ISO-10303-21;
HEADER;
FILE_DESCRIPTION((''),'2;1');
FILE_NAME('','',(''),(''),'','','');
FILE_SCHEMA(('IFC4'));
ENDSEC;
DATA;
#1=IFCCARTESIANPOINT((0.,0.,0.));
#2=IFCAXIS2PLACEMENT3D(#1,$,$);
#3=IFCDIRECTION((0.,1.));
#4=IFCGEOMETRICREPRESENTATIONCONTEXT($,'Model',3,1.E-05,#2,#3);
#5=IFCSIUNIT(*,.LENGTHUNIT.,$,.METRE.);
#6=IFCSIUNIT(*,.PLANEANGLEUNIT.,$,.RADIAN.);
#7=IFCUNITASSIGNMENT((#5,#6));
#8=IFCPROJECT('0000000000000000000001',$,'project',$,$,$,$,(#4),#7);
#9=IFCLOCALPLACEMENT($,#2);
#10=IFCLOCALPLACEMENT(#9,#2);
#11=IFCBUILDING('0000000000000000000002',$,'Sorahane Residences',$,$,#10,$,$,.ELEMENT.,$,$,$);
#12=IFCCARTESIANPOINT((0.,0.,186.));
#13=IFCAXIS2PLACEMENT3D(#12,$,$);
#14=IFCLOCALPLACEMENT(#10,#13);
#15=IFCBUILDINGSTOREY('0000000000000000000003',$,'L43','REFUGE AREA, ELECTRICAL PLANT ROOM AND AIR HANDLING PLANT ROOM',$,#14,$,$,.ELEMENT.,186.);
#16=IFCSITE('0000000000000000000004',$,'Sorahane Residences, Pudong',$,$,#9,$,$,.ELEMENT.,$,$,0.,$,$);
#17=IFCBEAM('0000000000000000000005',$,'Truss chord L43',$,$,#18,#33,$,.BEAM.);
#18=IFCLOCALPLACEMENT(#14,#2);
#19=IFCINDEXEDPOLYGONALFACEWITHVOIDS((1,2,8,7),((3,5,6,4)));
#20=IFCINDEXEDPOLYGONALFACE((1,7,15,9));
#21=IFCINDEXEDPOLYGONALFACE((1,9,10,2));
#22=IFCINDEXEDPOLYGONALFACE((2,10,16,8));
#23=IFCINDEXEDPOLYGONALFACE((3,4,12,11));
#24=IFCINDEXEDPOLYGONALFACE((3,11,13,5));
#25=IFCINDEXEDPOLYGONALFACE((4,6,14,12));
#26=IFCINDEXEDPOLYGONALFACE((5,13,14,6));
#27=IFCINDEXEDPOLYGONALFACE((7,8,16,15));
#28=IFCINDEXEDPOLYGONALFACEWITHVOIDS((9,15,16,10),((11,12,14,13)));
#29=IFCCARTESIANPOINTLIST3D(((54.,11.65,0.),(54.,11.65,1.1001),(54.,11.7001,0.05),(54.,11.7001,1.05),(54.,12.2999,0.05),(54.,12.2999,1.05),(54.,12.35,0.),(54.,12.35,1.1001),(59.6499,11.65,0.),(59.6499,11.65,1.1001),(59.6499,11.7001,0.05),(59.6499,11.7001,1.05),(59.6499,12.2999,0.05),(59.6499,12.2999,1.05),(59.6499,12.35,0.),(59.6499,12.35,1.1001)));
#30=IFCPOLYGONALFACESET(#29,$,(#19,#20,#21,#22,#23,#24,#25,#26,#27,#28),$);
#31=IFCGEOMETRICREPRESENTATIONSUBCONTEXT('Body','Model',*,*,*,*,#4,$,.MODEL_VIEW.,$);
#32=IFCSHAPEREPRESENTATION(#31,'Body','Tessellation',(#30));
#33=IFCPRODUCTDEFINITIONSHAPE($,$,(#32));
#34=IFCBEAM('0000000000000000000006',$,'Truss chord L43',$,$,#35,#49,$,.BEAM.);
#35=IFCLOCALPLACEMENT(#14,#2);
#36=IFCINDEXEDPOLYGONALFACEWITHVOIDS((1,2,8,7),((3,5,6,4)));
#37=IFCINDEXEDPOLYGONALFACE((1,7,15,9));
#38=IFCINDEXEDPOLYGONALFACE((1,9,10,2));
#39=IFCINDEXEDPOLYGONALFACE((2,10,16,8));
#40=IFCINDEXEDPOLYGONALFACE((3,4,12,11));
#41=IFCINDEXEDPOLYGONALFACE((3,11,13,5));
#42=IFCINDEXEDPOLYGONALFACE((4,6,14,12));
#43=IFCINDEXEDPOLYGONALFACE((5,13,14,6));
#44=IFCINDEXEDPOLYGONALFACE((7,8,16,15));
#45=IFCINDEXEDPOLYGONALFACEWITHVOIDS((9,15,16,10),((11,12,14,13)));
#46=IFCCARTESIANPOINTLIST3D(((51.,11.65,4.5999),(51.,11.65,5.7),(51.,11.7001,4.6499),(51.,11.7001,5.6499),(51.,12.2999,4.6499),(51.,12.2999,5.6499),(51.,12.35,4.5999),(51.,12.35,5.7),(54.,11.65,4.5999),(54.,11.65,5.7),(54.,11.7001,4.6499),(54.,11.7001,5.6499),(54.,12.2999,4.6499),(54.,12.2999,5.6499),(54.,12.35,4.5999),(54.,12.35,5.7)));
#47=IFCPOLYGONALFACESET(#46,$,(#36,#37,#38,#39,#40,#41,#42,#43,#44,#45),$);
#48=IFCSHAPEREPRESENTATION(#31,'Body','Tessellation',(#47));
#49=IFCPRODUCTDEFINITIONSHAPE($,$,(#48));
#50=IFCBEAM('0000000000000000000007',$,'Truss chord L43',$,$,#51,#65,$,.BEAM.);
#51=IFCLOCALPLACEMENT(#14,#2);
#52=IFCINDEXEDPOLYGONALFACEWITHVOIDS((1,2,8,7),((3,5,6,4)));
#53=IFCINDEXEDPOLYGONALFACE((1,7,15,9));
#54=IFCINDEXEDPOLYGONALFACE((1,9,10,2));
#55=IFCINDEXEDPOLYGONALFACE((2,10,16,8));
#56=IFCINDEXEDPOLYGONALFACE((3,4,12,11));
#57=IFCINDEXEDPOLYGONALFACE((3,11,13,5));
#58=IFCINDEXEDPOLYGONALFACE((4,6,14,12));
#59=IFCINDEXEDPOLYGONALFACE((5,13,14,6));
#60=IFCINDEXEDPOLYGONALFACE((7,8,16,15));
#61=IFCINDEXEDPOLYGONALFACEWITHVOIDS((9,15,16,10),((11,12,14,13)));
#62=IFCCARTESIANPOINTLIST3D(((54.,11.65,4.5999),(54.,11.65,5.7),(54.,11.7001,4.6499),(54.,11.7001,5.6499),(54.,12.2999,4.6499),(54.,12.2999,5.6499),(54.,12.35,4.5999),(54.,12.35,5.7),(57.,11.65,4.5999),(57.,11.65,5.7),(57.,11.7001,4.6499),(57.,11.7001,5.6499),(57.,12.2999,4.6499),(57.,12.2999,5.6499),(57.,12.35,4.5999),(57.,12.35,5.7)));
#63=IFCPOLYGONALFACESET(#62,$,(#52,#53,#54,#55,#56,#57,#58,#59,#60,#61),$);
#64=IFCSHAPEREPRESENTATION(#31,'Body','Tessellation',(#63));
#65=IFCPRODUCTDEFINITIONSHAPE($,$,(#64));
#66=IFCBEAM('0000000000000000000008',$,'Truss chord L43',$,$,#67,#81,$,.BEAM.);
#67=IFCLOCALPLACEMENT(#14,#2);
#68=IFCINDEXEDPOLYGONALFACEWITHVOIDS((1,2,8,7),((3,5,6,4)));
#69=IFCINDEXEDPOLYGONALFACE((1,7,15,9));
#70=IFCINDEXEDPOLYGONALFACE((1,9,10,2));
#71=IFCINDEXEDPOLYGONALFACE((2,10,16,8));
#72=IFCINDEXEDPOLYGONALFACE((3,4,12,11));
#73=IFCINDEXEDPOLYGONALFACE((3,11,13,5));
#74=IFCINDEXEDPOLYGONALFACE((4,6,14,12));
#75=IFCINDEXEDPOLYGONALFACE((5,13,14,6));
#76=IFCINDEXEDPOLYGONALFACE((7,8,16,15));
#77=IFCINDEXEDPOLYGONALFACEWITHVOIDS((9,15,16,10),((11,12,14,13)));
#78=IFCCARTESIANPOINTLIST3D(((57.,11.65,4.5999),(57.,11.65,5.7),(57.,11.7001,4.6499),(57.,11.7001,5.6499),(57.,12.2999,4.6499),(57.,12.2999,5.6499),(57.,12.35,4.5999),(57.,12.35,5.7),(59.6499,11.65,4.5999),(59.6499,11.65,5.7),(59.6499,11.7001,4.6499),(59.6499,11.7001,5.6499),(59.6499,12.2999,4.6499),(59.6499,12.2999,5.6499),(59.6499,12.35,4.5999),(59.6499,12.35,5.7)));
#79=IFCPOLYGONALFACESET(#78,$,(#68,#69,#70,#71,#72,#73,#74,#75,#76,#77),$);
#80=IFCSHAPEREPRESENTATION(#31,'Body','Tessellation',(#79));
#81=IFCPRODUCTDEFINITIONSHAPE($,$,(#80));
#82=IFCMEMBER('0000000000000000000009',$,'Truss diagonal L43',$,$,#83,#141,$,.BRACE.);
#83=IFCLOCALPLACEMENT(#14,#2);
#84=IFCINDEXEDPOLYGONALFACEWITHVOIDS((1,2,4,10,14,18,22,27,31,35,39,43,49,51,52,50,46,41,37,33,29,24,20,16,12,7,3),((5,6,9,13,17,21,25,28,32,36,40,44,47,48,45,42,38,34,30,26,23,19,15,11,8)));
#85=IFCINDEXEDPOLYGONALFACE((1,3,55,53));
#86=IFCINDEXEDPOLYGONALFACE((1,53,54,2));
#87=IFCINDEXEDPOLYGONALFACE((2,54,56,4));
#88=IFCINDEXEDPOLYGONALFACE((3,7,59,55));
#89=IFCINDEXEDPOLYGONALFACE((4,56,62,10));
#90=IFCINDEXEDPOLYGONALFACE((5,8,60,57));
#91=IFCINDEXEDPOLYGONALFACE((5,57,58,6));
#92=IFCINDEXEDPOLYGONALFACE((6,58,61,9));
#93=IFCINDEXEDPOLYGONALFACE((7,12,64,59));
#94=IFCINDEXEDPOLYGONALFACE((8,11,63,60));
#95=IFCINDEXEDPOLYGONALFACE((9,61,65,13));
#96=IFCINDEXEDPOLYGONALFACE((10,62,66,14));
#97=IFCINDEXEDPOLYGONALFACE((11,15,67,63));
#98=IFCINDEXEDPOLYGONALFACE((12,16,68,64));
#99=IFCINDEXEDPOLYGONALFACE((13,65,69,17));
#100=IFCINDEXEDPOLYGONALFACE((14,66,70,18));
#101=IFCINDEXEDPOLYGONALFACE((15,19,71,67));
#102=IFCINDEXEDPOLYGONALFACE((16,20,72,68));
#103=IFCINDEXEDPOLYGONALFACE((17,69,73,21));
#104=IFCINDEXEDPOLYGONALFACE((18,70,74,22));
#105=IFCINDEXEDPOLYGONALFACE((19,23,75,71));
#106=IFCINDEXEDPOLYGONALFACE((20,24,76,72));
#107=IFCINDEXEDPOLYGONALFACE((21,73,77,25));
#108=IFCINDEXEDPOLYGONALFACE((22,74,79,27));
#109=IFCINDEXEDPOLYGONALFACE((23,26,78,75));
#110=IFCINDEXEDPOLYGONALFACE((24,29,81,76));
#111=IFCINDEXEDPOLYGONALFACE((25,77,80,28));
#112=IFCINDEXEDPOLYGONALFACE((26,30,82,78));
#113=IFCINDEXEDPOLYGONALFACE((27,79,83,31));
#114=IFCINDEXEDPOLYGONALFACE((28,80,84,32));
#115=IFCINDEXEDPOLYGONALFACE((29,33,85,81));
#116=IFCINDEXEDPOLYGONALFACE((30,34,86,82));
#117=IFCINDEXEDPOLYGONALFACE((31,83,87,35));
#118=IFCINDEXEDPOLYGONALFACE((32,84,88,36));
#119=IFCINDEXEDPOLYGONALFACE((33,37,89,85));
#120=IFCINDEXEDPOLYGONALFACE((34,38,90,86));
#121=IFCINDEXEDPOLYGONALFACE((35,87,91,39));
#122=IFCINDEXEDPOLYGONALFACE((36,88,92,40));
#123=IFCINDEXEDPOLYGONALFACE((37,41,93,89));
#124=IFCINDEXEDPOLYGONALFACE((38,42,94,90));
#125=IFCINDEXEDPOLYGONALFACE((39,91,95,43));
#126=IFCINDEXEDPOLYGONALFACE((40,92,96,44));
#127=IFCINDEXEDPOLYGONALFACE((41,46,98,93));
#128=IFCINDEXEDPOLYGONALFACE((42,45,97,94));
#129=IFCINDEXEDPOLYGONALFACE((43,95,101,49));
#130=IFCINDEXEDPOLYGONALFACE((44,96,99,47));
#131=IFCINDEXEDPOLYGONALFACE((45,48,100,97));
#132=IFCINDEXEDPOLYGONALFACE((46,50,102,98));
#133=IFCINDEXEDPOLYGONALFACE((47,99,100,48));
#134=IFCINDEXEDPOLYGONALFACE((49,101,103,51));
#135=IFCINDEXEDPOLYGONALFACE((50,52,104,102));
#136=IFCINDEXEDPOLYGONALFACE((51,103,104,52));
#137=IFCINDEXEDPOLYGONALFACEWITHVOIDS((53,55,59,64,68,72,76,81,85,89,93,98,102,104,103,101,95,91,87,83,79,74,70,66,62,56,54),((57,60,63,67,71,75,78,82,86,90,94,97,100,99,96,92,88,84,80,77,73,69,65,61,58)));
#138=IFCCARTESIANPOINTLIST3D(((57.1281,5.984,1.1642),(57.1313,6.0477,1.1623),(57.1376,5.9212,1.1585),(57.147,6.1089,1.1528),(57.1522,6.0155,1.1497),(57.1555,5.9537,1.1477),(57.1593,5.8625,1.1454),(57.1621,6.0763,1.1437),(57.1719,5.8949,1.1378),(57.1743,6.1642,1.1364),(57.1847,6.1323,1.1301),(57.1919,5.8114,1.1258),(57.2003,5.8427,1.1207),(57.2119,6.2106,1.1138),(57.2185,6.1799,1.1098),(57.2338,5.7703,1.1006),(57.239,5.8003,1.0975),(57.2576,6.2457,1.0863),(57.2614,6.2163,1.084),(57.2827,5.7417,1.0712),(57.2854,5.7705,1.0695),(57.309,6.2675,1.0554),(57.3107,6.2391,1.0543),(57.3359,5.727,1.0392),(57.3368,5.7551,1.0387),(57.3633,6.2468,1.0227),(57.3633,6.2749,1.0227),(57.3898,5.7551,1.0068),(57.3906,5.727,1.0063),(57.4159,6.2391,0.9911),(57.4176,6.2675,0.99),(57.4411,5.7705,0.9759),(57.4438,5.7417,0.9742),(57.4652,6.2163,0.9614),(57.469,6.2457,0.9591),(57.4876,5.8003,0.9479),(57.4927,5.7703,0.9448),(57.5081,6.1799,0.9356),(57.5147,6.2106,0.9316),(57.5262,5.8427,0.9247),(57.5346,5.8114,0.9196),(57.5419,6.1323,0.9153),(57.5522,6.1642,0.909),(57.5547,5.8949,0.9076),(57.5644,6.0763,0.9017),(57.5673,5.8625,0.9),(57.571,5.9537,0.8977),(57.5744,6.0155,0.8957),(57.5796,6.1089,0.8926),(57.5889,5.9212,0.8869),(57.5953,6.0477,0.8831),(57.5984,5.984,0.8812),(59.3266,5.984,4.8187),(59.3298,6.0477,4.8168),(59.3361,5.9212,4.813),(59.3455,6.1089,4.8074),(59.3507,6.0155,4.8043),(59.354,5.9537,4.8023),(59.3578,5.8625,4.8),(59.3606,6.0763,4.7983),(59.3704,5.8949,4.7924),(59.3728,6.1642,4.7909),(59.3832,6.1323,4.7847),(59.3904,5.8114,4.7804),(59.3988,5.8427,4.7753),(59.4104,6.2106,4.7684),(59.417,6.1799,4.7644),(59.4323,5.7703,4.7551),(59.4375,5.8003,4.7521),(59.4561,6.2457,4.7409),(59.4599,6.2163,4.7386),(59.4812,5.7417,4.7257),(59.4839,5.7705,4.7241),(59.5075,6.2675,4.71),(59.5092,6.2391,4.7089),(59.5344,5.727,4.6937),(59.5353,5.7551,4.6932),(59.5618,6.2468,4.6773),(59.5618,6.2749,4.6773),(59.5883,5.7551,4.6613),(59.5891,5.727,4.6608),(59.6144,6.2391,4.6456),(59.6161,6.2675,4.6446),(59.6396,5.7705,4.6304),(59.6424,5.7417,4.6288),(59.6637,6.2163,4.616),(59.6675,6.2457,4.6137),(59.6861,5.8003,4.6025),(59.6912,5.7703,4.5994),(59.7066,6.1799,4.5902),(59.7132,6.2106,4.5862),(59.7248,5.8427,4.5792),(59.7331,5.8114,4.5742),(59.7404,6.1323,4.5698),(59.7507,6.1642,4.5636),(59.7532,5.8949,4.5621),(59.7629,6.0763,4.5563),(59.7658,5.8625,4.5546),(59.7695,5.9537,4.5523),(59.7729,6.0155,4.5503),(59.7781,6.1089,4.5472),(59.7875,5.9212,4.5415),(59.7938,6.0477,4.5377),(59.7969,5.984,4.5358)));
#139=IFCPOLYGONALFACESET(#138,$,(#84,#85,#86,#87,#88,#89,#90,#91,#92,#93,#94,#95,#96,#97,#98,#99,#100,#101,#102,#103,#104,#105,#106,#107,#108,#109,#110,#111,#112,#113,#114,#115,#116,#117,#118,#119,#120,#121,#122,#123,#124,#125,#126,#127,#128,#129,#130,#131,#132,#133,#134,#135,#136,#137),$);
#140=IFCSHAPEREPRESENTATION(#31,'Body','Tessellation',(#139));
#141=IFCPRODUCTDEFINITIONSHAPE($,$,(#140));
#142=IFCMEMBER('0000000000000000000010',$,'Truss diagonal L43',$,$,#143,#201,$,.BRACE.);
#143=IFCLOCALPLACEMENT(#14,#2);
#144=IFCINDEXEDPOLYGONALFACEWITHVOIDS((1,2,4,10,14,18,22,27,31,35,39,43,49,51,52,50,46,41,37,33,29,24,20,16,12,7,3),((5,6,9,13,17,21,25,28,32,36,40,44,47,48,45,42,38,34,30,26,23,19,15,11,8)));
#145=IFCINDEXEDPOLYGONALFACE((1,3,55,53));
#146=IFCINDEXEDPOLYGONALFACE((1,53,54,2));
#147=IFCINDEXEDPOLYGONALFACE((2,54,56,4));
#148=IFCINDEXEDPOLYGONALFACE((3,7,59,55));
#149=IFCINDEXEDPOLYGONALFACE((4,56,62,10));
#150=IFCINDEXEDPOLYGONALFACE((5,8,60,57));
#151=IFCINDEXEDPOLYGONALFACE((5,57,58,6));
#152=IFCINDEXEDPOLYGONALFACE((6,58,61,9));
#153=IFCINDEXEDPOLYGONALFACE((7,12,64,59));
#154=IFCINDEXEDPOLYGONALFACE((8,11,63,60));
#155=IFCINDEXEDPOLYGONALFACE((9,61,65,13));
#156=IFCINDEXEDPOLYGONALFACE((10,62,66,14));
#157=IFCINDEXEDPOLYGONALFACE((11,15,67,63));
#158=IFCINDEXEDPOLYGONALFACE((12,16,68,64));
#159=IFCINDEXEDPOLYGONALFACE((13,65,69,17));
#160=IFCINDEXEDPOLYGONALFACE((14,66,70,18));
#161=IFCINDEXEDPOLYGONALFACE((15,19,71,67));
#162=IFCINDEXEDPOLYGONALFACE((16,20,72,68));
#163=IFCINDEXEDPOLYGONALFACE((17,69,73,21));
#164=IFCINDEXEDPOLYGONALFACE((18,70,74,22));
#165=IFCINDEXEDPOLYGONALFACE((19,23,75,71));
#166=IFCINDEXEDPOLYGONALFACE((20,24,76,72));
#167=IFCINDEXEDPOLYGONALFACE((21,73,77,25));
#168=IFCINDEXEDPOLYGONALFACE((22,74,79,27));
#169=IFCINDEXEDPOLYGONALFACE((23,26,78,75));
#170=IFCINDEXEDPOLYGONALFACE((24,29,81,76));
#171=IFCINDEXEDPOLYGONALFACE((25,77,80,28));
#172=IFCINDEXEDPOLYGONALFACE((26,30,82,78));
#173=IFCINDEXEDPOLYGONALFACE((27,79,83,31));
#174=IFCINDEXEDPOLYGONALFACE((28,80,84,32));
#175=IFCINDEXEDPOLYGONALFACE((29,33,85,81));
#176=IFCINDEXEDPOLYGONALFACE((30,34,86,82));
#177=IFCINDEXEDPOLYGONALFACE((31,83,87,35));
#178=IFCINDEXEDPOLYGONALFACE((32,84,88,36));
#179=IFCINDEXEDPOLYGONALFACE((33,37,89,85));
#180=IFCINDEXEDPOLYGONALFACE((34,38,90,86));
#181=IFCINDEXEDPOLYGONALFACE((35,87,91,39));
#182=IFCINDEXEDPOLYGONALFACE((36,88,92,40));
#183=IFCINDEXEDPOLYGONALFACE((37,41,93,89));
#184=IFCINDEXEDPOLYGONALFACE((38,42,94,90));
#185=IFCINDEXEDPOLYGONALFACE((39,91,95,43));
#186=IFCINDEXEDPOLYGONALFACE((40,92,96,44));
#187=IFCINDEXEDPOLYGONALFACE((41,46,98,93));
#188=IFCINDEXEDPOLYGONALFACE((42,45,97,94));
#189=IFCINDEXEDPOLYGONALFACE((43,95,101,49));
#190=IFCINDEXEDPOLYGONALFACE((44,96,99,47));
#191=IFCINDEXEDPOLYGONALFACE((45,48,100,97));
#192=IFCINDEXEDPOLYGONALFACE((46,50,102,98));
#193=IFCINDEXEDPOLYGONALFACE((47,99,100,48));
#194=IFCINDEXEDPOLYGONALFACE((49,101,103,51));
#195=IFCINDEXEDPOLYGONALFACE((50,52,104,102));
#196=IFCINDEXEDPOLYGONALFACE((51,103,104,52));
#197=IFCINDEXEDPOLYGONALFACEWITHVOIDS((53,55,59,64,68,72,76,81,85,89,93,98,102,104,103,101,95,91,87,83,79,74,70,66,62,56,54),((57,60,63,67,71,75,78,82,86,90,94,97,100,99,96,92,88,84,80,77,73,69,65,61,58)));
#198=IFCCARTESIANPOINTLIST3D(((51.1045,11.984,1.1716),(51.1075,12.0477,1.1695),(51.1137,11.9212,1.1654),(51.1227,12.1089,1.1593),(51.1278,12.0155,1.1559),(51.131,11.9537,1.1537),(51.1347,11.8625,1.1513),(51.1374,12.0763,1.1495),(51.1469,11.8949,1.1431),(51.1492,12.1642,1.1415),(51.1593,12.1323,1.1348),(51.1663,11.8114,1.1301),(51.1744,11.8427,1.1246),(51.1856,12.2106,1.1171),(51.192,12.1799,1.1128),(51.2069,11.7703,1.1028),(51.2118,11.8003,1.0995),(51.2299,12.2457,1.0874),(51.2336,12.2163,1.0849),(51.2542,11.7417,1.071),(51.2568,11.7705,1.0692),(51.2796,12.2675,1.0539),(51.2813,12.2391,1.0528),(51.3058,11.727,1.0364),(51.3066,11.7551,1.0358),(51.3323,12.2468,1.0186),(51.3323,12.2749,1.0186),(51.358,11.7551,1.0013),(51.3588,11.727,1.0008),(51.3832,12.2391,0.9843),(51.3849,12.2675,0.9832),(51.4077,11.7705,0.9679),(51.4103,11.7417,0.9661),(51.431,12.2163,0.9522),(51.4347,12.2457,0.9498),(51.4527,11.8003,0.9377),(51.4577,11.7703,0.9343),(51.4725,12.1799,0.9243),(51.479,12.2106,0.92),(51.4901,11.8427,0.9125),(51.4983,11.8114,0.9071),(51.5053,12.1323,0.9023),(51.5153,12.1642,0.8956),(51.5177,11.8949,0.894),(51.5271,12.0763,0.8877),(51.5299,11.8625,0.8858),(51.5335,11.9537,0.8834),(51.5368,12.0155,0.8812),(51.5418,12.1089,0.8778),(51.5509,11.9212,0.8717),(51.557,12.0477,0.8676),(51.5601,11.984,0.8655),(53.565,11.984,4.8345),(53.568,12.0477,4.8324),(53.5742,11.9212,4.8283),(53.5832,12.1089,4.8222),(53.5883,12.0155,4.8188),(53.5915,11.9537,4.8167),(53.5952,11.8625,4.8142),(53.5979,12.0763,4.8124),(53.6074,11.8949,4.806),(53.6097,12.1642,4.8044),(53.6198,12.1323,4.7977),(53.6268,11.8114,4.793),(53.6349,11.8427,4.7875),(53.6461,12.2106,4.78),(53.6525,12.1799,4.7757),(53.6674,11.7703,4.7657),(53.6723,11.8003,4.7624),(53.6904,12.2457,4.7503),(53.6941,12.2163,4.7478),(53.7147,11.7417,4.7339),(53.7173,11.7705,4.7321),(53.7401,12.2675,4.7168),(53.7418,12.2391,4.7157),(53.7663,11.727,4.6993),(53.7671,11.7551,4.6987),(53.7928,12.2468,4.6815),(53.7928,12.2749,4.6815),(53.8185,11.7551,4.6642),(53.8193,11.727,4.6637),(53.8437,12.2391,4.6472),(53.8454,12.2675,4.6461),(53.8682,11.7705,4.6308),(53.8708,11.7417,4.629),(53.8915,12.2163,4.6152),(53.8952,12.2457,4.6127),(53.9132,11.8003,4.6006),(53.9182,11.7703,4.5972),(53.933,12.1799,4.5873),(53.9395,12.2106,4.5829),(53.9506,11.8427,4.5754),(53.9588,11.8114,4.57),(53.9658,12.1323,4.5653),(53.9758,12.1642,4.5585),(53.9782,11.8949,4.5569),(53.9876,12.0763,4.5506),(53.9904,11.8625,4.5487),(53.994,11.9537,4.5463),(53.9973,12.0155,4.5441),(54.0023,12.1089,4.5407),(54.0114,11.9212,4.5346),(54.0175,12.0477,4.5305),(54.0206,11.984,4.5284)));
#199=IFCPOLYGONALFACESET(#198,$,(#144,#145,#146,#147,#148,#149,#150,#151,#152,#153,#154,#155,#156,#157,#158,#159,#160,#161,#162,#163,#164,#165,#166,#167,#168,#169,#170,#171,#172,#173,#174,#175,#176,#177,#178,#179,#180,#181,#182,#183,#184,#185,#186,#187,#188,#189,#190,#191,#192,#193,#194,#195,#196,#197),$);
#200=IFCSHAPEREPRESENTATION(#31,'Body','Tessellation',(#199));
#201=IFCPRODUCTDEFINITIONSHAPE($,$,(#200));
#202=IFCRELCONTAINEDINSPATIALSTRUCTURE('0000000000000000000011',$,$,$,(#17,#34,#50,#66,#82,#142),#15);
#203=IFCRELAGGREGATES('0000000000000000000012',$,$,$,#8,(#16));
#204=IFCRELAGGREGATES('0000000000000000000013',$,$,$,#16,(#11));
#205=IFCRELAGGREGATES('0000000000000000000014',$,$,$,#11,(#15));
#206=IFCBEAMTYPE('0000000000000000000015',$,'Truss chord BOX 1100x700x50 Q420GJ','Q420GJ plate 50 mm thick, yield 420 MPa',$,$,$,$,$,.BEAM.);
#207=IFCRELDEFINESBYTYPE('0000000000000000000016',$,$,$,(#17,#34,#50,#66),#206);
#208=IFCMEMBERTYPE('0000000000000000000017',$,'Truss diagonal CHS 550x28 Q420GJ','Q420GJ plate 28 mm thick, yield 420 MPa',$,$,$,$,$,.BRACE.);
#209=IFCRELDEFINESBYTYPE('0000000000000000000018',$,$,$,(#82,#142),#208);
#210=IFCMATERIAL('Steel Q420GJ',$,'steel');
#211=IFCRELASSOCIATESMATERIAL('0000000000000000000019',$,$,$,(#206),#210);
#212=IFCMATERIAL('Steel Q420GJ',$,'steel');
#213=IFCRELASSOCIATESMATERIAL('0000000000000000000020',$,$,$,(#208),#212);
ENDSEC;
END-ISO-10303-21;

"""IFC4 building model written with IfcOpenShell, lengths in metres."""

from ifc_helpers import new_model, si_unit, direction, frame, origin, origin_2d, place, context, subcontext, project, spatial, hollow_rectangle, hollow_circle, extrude, material, material_profile, profile_set, type_object, element, save


model = new_model("IFC4")

# Units and contexts
model_context = context("Model", 3, precision=1e-05, world=origin(), true_north=direction((0.0, 1.0)))
body_context = subcontext(model_context, "Body", "Model", "MODEL_VIEW")
ifc_project = project(units=[si_unit("LENGTHUNIT", "METRE"), si_unit("PLANEANGLEUNIT", "RADIAN")], contexts=[model_context])

# Site, building, storey
site_placement = place(None, origin())
site = spatial("IfcSite", under=ifc_project, at=site_placement, Name="Sorahane Residences, Pudong", CompositionType="ELEMENT", RefElevation=0.0)
building_placement = place(site_placement, origin())
building = spatial("IfcBuilding", under=site, at=building_placement, Name="Sorahane Residences", CompositionType="ELEMENT")
storey_placement = place(building_placement, frame((0.0, 0.0, 186.0)))
storey = spatial("IfcBuildingStorey", under=building, at=storey_placement, Name="L43", Description="REFUGE AREA, ELECTRICAL PLANT ROOM AND AIR HANDLING PLANT ROOM", CompositionType="ELEMENT", Elevation=186.0)

# Beams
ifc_material_1 = material(Name="Steel Q420GJ", Category="steel")
ifc_material_profile_1 = material_profile(ifc_material_1, hollow_rectangle(XDim=0.7, YDim=1.1001, WallThickness=0.05, at=origin_2d()), Name="BOX 1100x700x50")
ifc_profile_set_1 = profile_set([ifc_material_profile_1], Name="Steel Q420GJ")
beam_type_1 = type_object("IfcBeamType", Name="Truss chord BOX 1100x700x50 Q420GJ", Description="Q420GJ plate 50 mm thick, yield 420 MPa", PredefinedType="BEAM", material=ifc_profile_set_1)
beam_1_placement = place(storey_placement, frame((54.0, 12.0, 0.55), z_axis=(1.0, 0.0, 0.0), x_axis=(0.0, 1.0, 0.0)))
element("IfcBeam", 1, at=beam_1_placement, inside=storey, type_object=beam_type_1, Name="Truss chord L43", PredefinedType="BEAM", context=body_context, shape_type="SweptSolid", body=[
    extrude(hollow_rectangle(XDim=0.7, YDim=1.1001, WallThickness=0.05, at=origin_2d()), origin(), (0.0, 0.0, 1.0), 5.6499),
])
for number, where, z_axis, x_axis, name in (
    (2, (51.0, 12.0, 5.1499), (1.0, 0.0, 0.0), (0.0, 1.0, 0.0), "Truss chord L43"),
    (3, (54.0, 12.0, 5.1499), (1.0, 0.0, 0.0), (0.0, 1.0, 0.0), "Truss chord L43"),
):
    element("IfcBeam", number, at=place(storey_placement, frame(where, z_axis=z_axis, x_axis=x_axis)), inside=storey, type_object=beam_type_1, Name=name, PredefinedType="BEAM", context=body_context, shape_type="SweptSolid", body=[
        extrude(hollow_rectangle(XDim=0.7, YDim=1.1001, WallThickness=0.05, at=origin_2d()), origin(), (0.0, 0.0, 1.0), 3.0),
    ])
beam_2_placement = place(storey_placement, frame((57.0, 12.0, 5.1499), z_axis=(1.0, 0.0, 0.0), x_axis=(0.0, 1.0, 0.0)))
element("IfcBeam", 4, at=beam_2_placement, inside=storey, type_object=beam_type_1, Name="Truss chord L43", PredefinedType="BEAM", context=body_context, shape_type="SweptSolid", body=[
    extrude(hollow_rectangle(XDim=0.7, YDim=1.1001, WallThickness=0.05, at=origin_2d()), origin(), (0.0, 0.0, 1.0), 2.6499),
])

# Members
ifc_material_2 = material(Name="Steel Q420GJ", Category="steel")
ifc_material_profile_2 = material_profile(ifc_material_2, hollow_circle(Radius=0.2749, WallThickness=0.0281, at=origin_2d()), Name="CHS 550x28")
ifc_profile_set_2 = profile_set([ifc_material_profile_2], Name="Steel Q420GJ")
member_type = type_object("IfcMemberType", Name="Truss diagonal CHS 550x28 Q420GJ", Description="Q420GJ plate 28 mm thick, yield 420 MPa", PredefinedType="BRACE", material=ifc_profile_set_2)
member_1_placement = place(storey_placement, frame((57.3633, 6.0, 1.0227), z_axis=(0.515489, 0.0, 0.856896), x_axis=(0.0, 1.0, 0.0)))
element("IfcMember", 5, at=member_1_placement, inside=storey, type_object=member_type, Name="Truss diagonal L43", PredefinedType="BRACE", context=body_context, shape_type="SweptSolid", body=[
    extrude(hollow_circle(Radius=0.2749, WallThickness=0.0281, at=origin_2d()), origin(), (0.0, 0.0, 1.0), 4.2649),
])
for number, where, z_axis, x_axis, name in (
    (6, (51.3323, 12.0, 1.0186), (0.557608, 0.0, 0.830104), (0.0, 1.0, 0.0), "Truss diagonal L43"),
):
    element("IfcMember", number, at=place(storey_placement, frame(where, z_axis=z_axis, x_axis=x_axis)), inside=storey, type_object=member_type, Name=name, PredefinedType="BRACE", context=body_context, shape_type="SweptSolid", body=[
        extrude(hollow_circle(Radius=0.2749, WallThickness=0.0281, at=origin_2d()), origin(), (0.0, 0.0, 1.0), 4.4126),
    ])

save(model, "model.ifc")
